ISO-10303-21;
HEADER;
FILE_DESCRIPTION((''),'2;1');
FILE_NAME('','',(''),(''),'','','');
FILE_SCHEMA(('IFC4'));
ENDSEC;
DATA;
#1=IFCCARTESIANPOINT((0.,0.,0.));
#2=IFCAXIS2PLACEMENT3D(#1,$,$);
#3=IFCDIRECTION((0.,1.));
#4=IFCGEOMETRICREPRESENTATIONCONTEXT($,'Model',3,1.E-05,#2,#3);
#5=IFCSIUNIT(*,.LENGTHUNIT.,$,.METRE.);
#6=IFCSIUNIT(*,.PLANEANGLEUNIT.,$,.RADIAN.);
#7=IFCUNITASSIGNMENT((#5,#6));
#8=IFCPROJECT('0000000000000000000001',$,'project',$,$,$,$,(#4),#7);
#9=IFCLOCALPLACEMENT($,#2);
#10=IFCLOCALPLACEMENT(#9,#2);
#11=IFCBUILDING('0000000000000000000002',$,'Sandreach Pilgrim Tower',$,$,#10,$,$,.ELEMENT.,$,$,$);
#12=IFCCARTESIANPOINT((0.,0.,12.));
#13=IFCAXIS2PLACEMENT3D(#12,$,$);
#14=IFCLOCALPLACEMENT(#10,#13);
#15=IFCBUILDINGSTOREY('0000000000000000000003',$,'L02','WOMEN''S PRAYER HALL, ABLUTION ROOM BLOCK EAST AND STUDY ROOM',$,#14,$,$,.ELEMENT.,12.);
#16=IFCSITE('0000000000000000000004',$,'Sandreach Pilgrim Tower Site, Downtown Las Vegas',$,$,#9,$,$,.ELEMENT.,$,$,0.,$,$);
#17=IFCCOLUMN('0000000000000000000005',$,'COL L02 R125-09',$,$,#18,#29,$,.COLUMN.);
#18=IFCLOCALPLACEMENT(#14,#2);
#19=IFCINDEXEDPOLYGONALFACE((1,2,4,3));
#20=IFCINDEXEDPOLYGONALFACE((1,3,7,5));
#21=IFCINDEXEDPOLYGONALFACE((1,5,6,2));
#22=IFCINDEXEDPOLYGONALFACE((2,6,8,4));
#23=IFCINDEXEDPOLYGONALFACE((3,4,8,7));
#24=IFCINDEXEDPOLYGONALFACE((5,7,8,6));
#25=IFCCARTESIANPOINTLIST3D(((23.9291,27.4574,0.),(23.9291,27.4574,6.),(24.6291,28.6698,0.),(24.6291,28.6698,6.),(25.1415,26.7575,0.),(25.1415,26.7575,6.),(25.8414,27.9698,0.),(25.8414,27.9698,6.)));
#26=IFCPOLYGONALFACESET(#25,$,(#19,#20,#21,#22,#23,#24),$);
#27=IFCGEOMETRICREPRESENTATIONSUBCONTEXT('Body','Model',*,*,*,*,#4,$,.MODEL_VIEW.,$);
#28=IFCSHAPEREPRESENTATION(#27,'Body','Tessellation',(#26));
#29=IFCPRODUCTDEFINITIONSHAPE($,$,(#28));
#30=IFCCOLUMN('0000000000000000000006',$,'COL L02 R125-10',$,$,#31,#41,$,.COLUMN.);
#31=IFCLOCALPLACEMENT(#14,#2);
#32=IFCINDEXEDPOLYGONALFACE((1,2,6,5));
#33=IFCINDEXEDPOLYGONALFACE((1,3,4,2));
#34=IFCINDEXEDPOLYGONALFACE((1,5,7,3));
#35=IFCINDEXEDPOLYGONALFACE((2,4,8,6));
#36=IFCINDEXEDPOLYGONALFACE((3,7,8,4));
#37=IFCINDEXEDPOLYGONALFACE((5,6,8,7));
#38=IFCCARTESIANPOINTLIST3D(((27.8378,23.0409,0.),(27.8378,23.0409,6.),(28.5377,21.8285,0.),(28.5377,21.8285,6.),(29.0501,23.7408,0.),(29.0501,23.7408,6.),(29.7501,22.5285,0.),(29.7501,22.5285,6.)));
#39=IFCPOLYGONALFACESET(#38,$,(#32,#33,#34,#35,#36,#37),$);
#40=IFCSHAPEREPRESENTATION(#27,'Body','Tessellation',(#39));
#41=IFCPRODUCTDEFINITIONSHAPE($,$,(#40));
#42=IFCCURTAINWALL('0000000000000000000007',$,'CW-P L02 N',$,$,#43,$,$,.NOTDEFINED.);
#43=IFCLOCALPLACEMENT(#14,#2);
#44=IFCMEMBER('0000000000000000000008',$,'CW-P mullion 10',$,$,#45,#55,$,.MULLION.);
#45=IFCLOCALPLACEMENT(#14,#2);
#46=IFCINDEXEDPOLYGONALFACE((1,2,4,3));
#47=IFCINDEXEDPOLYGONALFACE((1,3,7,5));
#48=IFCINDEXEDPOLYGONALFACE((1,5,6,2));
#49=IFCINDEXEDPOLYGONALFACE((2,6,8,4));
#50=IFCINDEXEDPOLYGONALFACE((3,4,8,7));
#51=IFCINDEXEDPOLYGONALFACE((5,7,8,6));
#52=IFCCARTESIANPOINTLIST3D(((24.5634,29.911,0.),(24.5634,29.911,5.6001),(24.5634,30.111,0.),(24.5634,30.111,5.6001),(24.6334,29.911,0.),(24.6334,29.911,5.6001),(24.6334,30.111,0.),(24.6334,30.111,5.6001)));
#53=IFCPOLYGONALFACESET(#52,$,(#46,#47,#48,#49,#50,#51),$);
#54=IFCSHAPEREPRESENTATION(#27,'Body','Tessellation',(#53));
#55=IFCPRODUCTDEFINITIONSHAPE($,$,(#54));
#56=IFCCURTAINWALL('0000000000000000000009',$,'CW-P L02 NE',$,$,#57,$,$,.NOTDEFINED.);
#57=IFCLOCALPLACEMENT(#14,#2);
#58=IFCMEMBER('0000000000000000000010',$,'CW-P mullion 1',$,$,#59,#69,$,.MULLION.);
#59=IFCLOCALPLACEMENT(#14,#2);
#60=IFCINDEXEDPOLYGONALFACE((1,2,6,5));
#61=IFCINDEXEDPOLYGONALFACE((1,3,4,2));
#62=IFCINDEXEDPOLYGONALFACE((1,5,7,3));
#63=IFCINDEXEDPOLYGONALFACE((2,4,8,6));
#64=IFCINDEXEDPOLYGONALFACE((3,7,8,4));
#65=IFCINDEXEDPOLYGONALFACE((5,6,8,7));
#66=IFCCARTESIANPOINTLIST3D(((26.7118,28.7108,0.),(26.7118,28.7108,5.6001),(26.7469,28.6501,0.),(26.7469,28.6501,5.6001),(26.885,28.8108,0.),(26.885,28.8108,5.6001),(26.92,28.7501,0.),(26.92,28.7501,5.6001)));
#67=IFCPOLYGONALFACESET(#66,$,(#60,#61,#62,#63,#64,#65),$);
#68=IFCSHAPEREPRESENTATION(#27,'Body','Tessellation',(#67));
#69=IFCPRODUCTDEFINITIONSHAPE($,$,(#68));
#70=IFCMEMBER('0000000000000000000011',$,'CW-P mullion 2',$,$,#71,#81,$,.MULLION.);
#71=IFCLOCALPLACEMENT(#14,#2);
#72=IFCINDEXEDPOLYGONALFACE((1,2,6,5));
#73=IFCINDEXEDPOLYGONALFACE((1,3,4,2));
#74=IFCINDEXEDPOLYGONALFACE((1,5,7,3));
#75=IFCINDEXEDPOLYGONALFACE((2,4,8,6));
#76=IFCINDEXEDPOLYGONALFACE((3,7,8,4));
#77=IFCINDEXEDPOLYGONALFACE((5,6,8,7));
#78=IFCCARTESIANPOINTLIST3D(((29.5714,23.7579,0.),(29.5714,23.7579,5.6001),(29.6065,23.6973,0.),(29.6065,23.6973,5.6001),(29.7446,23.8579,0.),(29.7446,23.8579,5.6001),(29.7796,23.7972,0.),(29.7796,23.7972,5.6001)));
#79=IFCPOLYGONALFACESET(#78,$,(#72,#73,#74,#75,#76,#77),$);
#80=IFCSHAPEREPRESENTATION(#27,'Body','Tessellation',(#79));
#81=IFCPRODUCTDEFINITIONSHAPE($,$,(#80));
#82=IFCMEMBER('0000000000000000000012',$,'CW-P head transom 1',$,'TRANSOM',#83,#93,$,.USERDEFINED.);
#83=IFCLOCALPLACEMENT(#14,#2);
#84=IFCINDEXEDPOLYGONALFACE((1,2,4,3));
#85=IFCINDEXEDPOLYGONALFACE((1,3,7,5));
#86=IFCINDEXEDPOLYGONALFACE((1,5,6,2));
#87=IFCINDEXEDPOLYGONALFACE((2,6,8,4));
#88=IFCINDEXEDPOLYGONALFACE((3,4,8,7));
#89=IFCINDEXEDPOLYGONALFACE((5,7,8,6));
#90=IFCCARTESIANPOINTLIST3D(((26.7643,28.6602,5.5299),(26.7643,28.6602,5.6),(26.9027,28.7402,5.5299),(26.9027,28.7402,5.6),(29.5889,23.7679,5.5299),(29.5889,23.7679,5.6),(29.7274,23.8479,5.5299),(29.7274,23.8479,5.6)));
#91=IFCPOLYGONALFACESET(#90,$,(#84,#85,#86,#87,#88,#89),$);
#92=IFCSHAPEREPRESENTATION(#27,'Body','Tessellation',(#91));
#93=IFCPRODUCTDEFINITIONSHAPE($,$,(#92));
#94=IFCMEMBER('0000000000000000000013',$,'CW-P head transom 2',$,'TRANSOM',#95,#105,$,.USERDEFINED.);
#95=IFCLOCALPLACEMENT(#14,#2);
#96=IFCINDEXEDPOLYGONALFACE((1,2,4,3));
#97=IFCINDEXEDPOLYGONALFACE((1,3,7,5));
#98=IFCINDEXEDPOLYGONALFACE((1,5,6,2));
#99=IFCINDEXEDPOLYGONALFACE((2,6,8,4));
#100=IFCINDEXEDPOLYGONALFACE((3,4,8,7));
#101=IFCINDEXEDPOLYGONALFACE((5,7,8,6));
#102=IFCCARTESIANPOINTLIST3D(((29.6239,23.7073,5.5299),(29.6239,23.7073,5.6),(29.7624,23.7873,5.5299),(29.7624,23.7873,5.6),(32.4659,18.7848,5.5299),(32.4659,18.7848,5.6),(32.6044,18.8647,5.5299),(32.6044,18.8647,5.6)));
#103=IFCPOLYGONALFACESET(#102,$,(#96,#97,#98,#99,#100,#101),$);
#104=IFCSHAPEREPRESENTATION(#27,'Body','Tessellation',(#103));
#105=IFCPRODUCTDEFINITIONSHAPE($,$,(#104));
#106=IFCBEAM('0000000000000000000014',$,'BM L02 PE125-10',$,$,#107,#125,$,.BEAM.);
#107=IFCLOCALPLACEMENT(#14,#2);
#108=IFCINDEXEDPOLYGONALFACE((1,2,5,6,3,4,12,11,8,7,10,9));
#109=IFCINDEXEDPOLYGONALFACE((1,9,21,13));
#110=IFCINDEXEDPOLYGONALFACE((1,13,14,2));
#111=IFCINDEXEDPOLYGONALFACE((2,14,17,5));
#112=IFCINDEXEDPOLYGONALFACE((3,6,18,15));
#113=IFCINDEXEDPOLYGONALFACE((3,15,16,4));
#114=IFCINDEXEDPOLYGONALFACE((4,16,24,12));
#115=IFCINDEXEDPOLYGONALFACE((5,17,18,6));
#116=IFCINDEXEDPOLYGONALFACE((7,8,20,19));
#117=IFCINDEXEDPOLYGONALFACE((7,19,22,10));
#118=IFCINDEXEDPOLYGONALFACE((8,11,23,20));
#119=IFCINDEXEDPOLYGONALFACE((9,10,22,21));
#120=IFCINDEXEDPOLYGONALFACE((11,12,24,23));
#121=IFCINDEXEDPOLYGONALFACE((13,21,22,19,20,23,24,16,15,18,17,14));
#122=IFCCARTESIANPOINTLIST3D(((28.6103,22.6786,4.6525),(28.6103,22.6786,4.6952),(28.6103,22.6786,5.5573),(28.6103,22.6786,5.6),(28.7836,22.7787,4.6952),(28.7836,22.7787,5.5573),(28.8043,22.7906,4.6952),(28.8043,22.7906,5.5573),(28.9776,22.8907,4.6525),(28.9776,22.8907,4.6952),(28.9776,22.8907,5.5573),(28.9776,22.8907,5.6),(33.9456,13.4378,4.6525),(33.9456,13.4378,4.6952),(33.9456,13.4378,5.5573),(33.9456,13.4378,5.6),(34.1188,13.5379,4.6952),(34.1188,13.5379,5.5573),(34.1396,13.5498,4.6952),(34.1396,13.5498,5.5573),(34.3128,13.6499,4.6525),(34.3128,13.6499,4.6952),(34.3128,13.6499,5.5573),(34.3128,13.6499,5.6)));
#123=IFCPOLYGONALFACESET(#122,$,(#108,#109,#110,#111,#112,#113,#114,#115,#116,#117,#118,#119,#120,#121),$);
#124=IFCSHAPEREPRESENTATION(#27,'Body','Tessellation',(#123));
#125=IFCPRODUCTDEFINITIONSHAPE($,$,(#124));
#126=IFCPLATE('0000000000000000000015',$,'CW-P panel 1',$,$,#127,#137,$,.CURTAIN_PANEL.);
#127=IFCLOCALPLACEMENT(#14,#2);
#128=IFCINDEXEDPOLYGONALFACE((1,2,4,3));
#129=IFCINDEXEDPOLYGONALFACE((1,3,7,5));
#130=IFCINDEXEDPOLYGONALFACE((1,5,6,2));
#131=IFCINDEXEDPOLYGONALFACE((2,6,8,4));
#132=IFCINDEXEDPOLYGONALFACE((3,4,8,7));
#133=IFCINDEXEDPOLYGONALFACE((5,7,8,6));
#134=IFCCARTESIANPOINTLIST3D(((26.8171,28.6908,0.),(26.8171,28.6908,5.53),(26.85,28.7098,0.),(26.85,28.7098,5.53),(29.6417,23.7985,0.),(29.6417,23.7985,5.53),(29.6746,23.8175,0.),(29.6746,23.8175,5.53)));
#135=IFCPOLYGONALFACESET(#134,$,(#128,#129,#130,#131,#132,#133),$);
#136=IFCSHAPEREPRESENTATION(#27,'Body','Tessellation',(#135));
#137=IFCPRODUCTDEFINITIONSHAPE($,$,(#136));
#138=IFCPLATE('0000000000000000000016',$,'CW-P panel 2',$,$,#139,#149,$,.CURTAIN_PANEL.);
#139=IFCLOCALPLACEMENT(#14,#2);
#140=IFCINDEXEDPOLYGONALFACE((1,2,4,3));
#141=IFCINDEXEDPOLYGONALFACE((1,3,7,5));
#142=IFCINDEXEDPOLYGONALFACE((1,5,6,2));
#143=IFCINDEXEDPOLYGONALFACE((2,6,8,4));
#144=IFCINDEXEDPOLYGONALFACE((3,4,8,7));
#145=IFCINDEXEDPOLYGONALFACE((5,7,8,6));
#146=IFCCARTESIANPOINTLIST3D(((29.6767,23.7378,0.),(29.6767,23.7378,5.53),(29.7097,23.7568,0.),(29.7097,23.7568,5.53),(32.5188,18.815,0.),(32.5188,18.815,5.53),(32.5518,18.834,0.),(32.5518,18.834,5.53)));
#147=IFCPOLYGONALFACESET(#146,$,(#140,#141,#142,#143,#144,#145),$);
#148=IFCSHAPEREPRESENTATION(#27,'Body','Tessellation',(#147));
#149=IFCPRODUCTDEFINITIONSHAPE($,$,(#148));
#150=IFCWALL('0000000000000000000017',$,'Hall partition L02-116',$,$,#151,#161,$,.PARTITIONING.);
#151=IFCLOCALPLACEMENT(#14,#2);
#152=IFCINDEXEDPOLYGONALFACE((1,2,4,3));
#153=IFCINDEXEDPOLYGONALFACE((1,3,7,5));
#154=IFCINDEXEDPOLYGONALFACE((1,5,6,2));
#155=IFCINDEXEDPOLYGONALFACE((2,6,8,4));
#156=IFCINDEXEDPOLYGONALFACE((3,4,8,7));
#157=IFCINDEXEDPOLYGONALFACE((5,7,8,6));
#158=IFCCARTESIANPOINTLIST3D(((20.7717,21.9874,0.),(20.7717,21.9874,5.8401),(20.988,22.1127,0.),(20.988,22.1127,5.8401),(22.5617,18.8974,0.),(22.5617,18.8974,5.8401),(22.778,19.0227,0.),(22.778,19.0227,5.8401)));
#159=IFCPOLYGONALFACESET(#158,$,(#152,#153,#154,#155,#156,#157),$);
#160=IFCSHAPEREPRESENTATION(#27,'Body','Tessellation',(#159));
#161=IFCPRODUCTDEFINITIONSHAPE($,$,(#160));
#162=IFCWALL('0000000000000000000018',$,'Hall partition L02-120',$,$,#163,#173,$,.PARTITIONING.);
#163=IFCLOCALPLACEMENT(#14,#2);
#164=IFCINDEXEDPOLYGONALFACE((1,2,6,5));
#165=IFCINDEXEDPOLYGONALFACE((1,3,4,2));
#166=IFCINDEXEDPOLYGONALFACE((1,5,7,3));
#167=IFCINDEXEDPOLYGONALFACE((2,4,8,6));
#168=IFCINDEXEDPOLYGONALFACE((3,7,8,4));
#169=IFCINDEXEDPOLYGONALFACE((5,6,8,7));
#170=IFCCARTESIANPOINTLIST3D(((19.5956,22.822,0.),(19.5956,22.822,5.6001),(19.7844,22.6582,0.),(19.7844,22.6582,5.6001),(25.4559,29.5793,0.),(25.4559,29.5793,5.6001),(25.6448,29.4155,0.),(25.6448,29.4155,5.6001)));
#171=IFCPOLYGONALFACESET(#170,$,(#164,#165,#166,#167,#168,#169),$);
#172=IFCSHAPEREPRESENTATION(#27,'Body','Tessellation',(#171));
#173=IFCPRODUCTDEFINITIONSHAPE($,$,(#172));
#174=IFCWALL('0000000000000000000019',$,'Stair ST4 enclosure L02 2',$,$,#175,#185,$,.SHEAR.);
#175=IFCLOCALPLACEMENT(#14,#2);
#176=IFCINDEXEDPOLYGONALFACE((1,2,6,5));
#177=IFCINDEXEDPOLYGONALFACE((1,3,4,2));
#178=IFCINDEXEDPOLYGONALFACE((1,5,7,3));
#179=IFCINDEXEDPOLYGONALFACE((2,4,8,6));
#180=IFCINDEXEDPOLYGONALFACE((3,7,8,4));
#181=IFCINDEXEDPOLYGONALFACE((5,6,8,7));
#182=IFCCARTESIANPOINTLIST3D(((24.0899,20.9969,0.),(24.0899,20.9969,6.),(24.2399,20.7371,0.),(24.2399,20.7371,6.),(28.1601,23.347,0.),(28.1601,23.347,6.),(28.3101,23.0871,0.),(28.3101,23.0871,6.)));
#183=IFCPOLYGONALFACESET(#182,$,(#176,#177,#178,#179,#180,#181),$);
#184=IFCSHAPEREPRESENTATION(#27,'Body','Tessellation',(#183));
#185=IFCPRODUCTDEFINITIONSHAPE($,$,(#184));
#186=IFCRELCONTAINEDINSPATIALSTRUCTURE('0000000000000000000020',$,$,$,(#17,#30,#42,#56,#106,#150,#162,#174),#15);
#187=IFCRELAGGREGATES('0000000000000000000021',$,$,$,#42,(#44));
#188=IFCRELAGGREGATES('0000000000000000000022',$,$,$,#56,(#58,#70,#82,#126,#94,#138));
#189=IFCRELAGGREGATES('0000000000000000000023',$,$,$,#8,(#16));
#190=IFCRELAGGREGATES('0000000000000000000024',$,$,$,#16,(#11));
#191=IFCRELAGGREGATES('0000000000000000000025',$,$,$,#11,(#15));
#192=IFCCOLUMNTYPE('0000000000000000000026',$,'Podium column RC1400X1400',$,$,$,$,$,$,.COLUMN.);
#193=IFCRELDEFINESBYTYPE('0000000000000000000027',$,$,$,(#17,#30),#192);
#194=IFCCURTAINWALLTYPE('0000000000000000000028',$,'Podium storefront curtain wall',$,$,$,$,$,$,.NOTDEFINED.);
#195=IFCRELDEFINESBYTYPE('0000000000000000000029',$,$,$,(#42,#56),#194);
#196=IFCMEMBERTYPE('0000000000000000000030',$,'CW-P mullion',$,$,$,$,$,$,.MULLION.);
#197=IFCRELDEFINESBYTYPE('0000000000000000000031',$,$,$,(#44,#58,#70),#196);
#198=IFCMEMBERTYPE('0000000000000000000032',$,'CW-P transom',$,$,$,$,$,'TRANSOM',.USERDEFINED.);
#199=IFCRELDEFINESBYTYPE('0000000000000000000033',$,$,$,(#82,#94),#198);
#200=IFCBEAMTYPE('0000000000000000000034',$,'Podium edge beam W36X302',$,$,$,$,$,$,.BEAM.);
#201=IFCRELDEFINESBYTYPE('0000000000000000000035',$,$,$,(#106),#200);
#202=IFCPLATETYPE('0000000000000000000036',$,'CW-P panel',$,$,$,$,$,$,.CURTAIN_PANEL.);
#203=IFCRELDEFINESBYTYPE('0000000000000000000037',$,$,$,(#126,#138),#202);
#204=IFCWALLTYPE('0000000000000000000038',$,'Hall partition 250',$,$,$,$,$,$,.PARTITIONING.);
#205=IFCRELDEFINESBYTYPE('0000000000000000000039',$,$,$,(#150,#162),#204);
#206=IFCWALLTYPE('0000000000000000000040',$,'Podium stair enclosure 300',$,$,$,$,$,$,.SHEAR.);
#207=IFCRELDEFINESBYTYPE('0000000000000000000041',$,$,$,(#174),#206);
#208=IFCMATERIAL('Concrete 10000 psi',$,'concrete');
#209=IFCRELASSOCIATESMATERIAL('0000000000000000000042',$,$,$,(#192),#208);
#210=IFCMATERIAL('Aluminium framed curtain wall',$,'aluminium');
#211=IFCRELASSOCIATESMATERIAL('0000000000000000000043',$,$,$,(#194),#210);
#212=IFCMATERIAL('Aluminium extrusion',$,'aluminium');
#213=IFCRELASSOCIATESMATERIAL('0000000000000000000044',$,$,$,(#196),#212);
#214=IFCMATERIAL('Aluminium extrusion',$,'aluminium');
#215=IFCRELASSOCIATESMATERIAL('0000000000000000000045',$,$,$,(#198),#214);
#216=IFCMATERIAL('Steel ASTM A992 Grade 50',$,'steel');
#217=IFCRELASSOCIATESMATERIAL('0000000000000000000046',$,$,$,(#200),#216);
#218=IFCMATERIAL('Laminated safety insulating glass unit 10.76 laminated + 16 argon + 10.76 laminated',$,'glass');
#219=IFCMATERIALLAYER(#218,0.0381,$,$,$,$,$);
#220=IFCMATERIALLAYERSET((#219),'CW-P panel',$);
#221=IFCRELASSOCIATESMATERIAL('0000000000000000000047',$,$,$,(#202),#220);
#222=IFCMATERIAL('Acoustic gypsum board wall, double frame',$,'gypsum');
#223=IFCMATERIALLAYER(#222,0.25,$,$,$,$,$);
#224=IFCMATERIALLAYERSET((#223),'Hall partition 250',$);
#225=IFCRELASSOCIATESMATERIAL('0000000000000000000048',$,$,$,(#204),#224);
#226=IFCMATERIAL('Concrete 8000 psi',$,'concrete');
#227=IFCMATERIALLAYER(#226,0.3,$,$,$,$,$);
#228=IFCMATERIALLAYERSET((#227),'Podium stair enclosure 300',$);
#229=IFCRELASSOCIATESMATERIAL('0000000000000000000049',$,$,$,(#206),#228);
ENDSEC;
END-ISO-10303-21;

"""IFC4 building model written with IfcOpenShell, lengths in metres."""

from ifc_helpers import new_model, si_unit, direction, frame, frame_2d, origin, origin_2d, place, context, subcontext, project, spatial, rectangle, i_section, extrude, material, layer, layer_set, material_profile, profile_set, type_object, element, aggregate, save


model = new_model("IFC4")

# Units and contexts
model_context = context("Model", 3, precision=1e-05, world=origin(), true_north=direction((0.0, 1.0)))
body_context = subcontext(model_context, "Body", "Model", "MODEL_VIEW")
ifc_project = project(units=[si_unit("LENGTHUNIT", "METRE"), si_unit("PLANEANGLEUNIT", "RADIAN")], contexts=[model_context])

# Site, building, storey
site_placement = place(None, origin())
site = spatial("IfcSite", under=ifc_project, at=site_placement, Name="Sandreach Pilgrim Tower Site, Downtown Las Vegas", CompositionType="ELEMENT", RefElevation=0.0)
building_placement = place(site_placement, origin())
building = spatial("IfcBuilding", under=site, at=building_placement, Name="Sandreach Pilgrim Tower", CompositionType="ELEMENT")
storey_placement = place(building_placement, frame((0.0, 0.0, 12.0)))
storey = spatial("IfcBuildingStorey", under=building, at=storey_placement, Name="L02", Description="WOMEN'S PRAYER HALL, ABLUTION ROOM BLOCK EAST AND STUDY ROOM", CompositionType="ELEMENT", Elevation=12.0)

# Columns
ifc_material_1 = material(Name="Concrete 10000 psi", Category="concrete")
ifc_material_profile_1 = material_profile(ifc_material_1, rectangle(XDim=1.3999, YDim=1.3999, at=origin_2d()), Name="RC1400X1400")
ifc_profile_set_1 = profile_set([ifc_material_profile_1], Name="Concrete 10000 psi")
column_type = type_object("IfcColumnType", Name="Podium column RC1400X1400", PredefinedType="COLUMN", material=ifc_profile_set_1)
for number, where, z_axis, x_axis, name in (
    (1, (24.8853, 27.7136, 0.0), (0.0, 0.0, 1.0), (0.5, 0.866025, 0.0), "COL L02 R125-09"),
    (2, (28.7939, 22.7847, 0.0), (0.0, 0.0, 1.0), (0.866025, 0.5, 0.0), "COL L02 R125-10"),
):
    element("IfcColumn", number, at=place(storey_placement, frame(where, z_axis=z_axis, x_axis=x_axis)), inside=storey, type_object=column_type, Name=name, PredefinedType="COLUMN", context=body_context, shape_type="SweptSolid", body=[
        extrude(rectangle(XDim=1.3999, YDim=1.3999, at=origin_2d()), origin(), (0.0, 0.0, 1.0), 6.0),
    ])

# Curtain wall, member
ifc_material_2 = material(Name="Aluminium framed curtain wall", Category="aluminium")
curtain_wall_type = type_object("IfcCurtainWallType", Name="Podium storefront curtain wall", PredefinedType="NOTDEFINED", material=ifc_material_2)
curtain_wall_1_placement = place(storey_placement, origin())
curtain_wall_1 = element("IfcCurtainWall", 3, at=curtain_wall_1_placement, inside=storey, type_object=curtain_wall_type, Name="CW-P L02 N", PredefinedType="NOTDEFINED")
ifc_material_3 = material(Name="Aluminium extrusion", Category="aluminium")
ifc_material_profile_2 = material_profile(ifc_material_3, rectangle(XDim=0.0701, YDim=0.2, at=origin_2d()), Name="CW-PM 70X200")
ifc_profile_set_2 = profile_set([ifc_material_profile_2], Name="Aluminium extrusion")
member_type_1 = type_object("IfcMemberType", Name="CW-P mullion", PredefinedType="MULLION", material=ifc_profile_set_2)
member_1_placement = place(storey_placement, frame((24.5984, 30.011, 0.0), z_axis=(0.0, 0.0, 1.0), x_axis=(1.0, 0.0, 0.0)))
member_1 = element("IfcMember", 4, at=member_1_placement, type_object=member_type_1, Name="CW-P mullion 10", PredefinedType="MULLION", context=body_context, shape_type="SweptSolid", body=[
    extrude(rectangle(XDim=0.0701, YDim=0.2, at=origin_2d()), origin(), (0.0, 0.0, 1.0), 5.6001),
])
aggregate(curtain_wall_1, [member_1])

# Curtain wall, members
curtain_wall_2_placement = place(storey_placement, origin())
curtain_wall_2 = element("IfcCurtainWall", 5, at=curtain_wall_2_placement, inside=storey, type_object=curtain_wall_type, Name="CW-P L02 NE", PredefinedType="NOTDEFINED")
member_2_placement = place(storey_placement, frame((26.8159, 28.7305, 0.0), z_axis=(0.0, 0.0, 1.0), x_axis=(0.5, -0.866025, 0.0)))
member_2 = element("IfcMember", 6, at=member_2_placement, type_object=member_type_1, Name="CW-P mullion 1", PredefinedType="MULLION", context=body_context, shape_type="SweptSolid", body=[
    extrude(rectangle(XDim=0.0701, YDim=0.2, at=origin_2d()), origin(), (0.0, 0.0, 1.0), 5.6001),
])
member_3_placement = place(storey_placement, frame((29.6755, 23.7776, 0.0), z_axis=(0.0, 0.0, 1.0), x_axis=(0.5, -0.866025, 0.0)))
member_3 = element("IfcMember", 7, at=member_3_placement, type_object=member_type_1, Name="CW-P mullion 2", PredefinedType="MULLION", context=body_context, shape_type="SweptSolid", body=[
    extrude(rectangle(XDim=0.0701, YDim=0.2, at=origin_2d()), origin(), (0.0, 0.0, 1.0), 5.6001),
])
ifc_material_4 = material(Name="Aluminium extrusion", Category="aluminium")
ifc_material_profile_3 = material_profile(ifc_material_4, rectangle(XDim=0.1599, YDim=0.0701, at=origin_2d()), Name="CW-PT 160X70")
ifc_profile_set_3 = profile_set([ifc_material_profile_3], Name="Aluminium extrusion")
member_type_2 = type_object("IfcMemberType", Name="CW-P transom", ElementType="TRANSOM", PredefinedType="USERDEFINED", material=ifc_profile_set_3)
member_4_placement = place(storey_placement, frame((26.8335, 28.7002, 5.5649), z_axis=(0.500015, -0.866016, 0.0), x_axis=(0.866016, 0.500015, 0.0)))
member_4 = element("IfcMember", 8, at=member_4_placement, type_object=member_type_2, Name="CW-P head transom 1", ObjectType="TRANSOM", PredefinedType="USERDEFINED", context=body_context, shape_type="SweptSolid", body=[
    extrude(rectangle(XDim=0.1599, YDim=0.0701, at=origin_2d()), origin(), (0.0, 0.0, 1.0), 5.6492),
])
member_5_placement = place(storey_placement, frame((29.6931, 23.7473, 5.5649), z_axis=(0.499996, -0.866028, 0.0), x_axis=(0.866028, 0.499996, 0.0)))
member_5 = element("IfcMember", 9, at=member_5_placement, type_object=member_type_2, Name="CW-P head transom 2", ObjectType="TRANSOM", PredefinedType="USERDEFINED", context=body_context, shape_type="SweptSolid", body=[
    extrude(rectangle(XDim=0.1599, YDim=0.0701, at=origin_2d()), origin(), (0.0, 0.0, 1.0), 5.6841),
])

# Beam
ifc_material_5 = material(Name="Steel ASTM A992 Grade 50", Category="steel")
ifc_material_profile_4 = material_profile(ifc_material_5, i_section(OverallWidth=0.4241, OverallDepth=0.9475, WebThickness=0.0239, FlangeThickness=0.0427, at=origin_2d()), Name="W36X302")
ifc_profile_set_4 = profile_set([ifc_material_profile_4], Name="Steel ASTM A992 Grade 50")
beam_type = type_object("IfcBeamType", Name="Podium edge beam W36X302", PredefinedType="BEAM", material=ifc_profile_set_4)
beam_placement = place(storey_placement, frame((28.7939, 22.7847, 5.1262), z_axis=(0.500005, -0.866023, 0.0), x_axis=(0.866023, 0.500005, 0.0)))
element("IfcBeam", 10, at=beam_placement, inside=storey, type_object=beam_type, Name="BM L02 PE125-10", PredefinedType="BEAM", context=body_context, shape_type="SweptSolid", body=[
    extrude(i_section(OverallWidth=0.4241, OverallDepth=0.9475, WebThickness=0.0239, FlangeThickness=0.0427, at=origin_2d()), origin(), (0.0, 0.0, 1.0), 10.6704),
])

# Plates
ifc_material_6 = material(Name="Laminated safety insulating glass unit 10.76 laminated + 16 argon + 10.76 laminated", Category="glass")
ifc_layer_1 = layer(ifc_material_6, 0.0381)
ifc_layer_set_1 = layer_set([ifc_layer_1], Name="CW-P panel")
plate_type = type_object("IfcPlateType", Name="CW-P panel", PredefinedType="CURTAIN_PANEL", material=ifc_layer_set_1)
plate_1_placement = place(storey_placement, frame((28.2458, 26.2542, 0.0), z_axis=(0.0, 0.0, 1.0), x_axis=(0.5, -0.866025, 0.0)))
plate_1 = element("IfcPlate", 11, at=plate_1_placement, type_object=plate_type, Name="CW-P panel 1", PredefinedType="CURTAIN_PANEL", context=body_context, shape_type="SweptSolid", body=[
    extrude(rectangle(XDim=5.6492, YDim=0.0381, at=origin_2d()), origin(), (0.0, 0.0, 1.0), 5.53),
])
plate_2_placement = place(storey_placement, frame((31.1143, 21.2859, 0.0), z_axis=(0.0, 0.0, 1.0), x_axis=(0.5, -0.866025, 0.0)))
plate_2 = element("IfcPlate", 12, at=plate_2_placement, type_object=plate_type, Name="CW-P panel 2", PredefinedType="CURTAIN_PANEL", context=body_context, shape_type="SweptSolid", body=[
    extrude(rectangle(XDim=5.6843, YDim=0.0381, at=origin_2d()), origin(), (0.0, 0.0, 1.0), 5.53),
])
aggregate(curtain_wall_2, [member_2, member_3, member_4, plate_1, member_5, plate_2])

# Walls
ifc_material_7 = material(Name="Acoustic gypsum board wall, double frame", Category="gypsum")
ifc_layer_2 = layer(ifc_material_7, 0.25)
ifc_layer_set_2 = layer_set([ifc_layer_2], Name="Hall partition 250")
wall_type_1 = type_object("IfcWallType", Name="Hall partition 250", PredefinedType="PARTITIONING", material=ifc_layer_set_2)
wall_1_placement = place(storey_placement, frame((22.6699, 18.96, 0.0), z_axis=(0.0, 0.0, 1.0), x_axis=(-0.501255, 0.8653, 0.0)))
element("IfcWall", 13, at=wall_1_placement, inside=storey, type_object=wall_type_1, Name="Hall partition L02-116", PredefinedType="PARTITIONING", context=body_context, shape_type="SweptSolid", body=[
    extrude(rectangle(XDim=3.571, YDim=0.25, at=frame_2d((1.7856, 0.0))), origin(), (0.0, 0.0, 1.0), 5.8401),
])
wall_2_placement = place(storey_placement, frame((25.5503, 29.4973, 0.0), z_axis=(0.0, 0.0, 1.0), x_axis=(-0.655186, -0.755467, 0.0)))
element("IfcWall", 14, at=wall_2_placement, inside=storey, type_object=wall_type_1, Name="Hall partition L02-120", PredefinedType="PARTITIONING", context=body_context, shape_type="SweptSolid", body=[
    extrude(rectangle(XDim=8.9446, YDim=0.25, at=frame_2d((4.4722, 0.0))), origin(), (0.0, 0.0, 1.0), 5.6001),
])
ifc_material_8 = material(Name="Concrete 8000 psi", Category="concrete")
ifc_layer_3 = layer(ifc_material_8, 0.3)
ifc_layer_set_3 = layer_set([ifc_layer_3], Name="Podium stair enclosure 300")
wall_type_2 = type_object("IfcWallType", Name="Podium stair enclosure 300", PredefinedType="SHEAR", material=ifc_layer_set_3)
wall_3_placement = place(storey_placement, frame((24.1648, 20.8669, 0.0), z_axis=(0.0, 0.0, 1.0), x_axis=(0.866016, 0.500016, 0.0)))
element("IfcWall", 15, at=wall_3_placement, inside=storey, type_object=wall_type_2, Name="Stair ST4 enclosure L02 2", PredefinedType="SHEAR", context=body_context, shape_type="SweptSolid", body=[
    extrude(rectangle(XDim=4.7, YDim=0.3, at=frame_2d((2.3501, 0.0))), origin(), (0.0, 0.0, 1.0), 6.0),
])

save(model, "model.ifc")
